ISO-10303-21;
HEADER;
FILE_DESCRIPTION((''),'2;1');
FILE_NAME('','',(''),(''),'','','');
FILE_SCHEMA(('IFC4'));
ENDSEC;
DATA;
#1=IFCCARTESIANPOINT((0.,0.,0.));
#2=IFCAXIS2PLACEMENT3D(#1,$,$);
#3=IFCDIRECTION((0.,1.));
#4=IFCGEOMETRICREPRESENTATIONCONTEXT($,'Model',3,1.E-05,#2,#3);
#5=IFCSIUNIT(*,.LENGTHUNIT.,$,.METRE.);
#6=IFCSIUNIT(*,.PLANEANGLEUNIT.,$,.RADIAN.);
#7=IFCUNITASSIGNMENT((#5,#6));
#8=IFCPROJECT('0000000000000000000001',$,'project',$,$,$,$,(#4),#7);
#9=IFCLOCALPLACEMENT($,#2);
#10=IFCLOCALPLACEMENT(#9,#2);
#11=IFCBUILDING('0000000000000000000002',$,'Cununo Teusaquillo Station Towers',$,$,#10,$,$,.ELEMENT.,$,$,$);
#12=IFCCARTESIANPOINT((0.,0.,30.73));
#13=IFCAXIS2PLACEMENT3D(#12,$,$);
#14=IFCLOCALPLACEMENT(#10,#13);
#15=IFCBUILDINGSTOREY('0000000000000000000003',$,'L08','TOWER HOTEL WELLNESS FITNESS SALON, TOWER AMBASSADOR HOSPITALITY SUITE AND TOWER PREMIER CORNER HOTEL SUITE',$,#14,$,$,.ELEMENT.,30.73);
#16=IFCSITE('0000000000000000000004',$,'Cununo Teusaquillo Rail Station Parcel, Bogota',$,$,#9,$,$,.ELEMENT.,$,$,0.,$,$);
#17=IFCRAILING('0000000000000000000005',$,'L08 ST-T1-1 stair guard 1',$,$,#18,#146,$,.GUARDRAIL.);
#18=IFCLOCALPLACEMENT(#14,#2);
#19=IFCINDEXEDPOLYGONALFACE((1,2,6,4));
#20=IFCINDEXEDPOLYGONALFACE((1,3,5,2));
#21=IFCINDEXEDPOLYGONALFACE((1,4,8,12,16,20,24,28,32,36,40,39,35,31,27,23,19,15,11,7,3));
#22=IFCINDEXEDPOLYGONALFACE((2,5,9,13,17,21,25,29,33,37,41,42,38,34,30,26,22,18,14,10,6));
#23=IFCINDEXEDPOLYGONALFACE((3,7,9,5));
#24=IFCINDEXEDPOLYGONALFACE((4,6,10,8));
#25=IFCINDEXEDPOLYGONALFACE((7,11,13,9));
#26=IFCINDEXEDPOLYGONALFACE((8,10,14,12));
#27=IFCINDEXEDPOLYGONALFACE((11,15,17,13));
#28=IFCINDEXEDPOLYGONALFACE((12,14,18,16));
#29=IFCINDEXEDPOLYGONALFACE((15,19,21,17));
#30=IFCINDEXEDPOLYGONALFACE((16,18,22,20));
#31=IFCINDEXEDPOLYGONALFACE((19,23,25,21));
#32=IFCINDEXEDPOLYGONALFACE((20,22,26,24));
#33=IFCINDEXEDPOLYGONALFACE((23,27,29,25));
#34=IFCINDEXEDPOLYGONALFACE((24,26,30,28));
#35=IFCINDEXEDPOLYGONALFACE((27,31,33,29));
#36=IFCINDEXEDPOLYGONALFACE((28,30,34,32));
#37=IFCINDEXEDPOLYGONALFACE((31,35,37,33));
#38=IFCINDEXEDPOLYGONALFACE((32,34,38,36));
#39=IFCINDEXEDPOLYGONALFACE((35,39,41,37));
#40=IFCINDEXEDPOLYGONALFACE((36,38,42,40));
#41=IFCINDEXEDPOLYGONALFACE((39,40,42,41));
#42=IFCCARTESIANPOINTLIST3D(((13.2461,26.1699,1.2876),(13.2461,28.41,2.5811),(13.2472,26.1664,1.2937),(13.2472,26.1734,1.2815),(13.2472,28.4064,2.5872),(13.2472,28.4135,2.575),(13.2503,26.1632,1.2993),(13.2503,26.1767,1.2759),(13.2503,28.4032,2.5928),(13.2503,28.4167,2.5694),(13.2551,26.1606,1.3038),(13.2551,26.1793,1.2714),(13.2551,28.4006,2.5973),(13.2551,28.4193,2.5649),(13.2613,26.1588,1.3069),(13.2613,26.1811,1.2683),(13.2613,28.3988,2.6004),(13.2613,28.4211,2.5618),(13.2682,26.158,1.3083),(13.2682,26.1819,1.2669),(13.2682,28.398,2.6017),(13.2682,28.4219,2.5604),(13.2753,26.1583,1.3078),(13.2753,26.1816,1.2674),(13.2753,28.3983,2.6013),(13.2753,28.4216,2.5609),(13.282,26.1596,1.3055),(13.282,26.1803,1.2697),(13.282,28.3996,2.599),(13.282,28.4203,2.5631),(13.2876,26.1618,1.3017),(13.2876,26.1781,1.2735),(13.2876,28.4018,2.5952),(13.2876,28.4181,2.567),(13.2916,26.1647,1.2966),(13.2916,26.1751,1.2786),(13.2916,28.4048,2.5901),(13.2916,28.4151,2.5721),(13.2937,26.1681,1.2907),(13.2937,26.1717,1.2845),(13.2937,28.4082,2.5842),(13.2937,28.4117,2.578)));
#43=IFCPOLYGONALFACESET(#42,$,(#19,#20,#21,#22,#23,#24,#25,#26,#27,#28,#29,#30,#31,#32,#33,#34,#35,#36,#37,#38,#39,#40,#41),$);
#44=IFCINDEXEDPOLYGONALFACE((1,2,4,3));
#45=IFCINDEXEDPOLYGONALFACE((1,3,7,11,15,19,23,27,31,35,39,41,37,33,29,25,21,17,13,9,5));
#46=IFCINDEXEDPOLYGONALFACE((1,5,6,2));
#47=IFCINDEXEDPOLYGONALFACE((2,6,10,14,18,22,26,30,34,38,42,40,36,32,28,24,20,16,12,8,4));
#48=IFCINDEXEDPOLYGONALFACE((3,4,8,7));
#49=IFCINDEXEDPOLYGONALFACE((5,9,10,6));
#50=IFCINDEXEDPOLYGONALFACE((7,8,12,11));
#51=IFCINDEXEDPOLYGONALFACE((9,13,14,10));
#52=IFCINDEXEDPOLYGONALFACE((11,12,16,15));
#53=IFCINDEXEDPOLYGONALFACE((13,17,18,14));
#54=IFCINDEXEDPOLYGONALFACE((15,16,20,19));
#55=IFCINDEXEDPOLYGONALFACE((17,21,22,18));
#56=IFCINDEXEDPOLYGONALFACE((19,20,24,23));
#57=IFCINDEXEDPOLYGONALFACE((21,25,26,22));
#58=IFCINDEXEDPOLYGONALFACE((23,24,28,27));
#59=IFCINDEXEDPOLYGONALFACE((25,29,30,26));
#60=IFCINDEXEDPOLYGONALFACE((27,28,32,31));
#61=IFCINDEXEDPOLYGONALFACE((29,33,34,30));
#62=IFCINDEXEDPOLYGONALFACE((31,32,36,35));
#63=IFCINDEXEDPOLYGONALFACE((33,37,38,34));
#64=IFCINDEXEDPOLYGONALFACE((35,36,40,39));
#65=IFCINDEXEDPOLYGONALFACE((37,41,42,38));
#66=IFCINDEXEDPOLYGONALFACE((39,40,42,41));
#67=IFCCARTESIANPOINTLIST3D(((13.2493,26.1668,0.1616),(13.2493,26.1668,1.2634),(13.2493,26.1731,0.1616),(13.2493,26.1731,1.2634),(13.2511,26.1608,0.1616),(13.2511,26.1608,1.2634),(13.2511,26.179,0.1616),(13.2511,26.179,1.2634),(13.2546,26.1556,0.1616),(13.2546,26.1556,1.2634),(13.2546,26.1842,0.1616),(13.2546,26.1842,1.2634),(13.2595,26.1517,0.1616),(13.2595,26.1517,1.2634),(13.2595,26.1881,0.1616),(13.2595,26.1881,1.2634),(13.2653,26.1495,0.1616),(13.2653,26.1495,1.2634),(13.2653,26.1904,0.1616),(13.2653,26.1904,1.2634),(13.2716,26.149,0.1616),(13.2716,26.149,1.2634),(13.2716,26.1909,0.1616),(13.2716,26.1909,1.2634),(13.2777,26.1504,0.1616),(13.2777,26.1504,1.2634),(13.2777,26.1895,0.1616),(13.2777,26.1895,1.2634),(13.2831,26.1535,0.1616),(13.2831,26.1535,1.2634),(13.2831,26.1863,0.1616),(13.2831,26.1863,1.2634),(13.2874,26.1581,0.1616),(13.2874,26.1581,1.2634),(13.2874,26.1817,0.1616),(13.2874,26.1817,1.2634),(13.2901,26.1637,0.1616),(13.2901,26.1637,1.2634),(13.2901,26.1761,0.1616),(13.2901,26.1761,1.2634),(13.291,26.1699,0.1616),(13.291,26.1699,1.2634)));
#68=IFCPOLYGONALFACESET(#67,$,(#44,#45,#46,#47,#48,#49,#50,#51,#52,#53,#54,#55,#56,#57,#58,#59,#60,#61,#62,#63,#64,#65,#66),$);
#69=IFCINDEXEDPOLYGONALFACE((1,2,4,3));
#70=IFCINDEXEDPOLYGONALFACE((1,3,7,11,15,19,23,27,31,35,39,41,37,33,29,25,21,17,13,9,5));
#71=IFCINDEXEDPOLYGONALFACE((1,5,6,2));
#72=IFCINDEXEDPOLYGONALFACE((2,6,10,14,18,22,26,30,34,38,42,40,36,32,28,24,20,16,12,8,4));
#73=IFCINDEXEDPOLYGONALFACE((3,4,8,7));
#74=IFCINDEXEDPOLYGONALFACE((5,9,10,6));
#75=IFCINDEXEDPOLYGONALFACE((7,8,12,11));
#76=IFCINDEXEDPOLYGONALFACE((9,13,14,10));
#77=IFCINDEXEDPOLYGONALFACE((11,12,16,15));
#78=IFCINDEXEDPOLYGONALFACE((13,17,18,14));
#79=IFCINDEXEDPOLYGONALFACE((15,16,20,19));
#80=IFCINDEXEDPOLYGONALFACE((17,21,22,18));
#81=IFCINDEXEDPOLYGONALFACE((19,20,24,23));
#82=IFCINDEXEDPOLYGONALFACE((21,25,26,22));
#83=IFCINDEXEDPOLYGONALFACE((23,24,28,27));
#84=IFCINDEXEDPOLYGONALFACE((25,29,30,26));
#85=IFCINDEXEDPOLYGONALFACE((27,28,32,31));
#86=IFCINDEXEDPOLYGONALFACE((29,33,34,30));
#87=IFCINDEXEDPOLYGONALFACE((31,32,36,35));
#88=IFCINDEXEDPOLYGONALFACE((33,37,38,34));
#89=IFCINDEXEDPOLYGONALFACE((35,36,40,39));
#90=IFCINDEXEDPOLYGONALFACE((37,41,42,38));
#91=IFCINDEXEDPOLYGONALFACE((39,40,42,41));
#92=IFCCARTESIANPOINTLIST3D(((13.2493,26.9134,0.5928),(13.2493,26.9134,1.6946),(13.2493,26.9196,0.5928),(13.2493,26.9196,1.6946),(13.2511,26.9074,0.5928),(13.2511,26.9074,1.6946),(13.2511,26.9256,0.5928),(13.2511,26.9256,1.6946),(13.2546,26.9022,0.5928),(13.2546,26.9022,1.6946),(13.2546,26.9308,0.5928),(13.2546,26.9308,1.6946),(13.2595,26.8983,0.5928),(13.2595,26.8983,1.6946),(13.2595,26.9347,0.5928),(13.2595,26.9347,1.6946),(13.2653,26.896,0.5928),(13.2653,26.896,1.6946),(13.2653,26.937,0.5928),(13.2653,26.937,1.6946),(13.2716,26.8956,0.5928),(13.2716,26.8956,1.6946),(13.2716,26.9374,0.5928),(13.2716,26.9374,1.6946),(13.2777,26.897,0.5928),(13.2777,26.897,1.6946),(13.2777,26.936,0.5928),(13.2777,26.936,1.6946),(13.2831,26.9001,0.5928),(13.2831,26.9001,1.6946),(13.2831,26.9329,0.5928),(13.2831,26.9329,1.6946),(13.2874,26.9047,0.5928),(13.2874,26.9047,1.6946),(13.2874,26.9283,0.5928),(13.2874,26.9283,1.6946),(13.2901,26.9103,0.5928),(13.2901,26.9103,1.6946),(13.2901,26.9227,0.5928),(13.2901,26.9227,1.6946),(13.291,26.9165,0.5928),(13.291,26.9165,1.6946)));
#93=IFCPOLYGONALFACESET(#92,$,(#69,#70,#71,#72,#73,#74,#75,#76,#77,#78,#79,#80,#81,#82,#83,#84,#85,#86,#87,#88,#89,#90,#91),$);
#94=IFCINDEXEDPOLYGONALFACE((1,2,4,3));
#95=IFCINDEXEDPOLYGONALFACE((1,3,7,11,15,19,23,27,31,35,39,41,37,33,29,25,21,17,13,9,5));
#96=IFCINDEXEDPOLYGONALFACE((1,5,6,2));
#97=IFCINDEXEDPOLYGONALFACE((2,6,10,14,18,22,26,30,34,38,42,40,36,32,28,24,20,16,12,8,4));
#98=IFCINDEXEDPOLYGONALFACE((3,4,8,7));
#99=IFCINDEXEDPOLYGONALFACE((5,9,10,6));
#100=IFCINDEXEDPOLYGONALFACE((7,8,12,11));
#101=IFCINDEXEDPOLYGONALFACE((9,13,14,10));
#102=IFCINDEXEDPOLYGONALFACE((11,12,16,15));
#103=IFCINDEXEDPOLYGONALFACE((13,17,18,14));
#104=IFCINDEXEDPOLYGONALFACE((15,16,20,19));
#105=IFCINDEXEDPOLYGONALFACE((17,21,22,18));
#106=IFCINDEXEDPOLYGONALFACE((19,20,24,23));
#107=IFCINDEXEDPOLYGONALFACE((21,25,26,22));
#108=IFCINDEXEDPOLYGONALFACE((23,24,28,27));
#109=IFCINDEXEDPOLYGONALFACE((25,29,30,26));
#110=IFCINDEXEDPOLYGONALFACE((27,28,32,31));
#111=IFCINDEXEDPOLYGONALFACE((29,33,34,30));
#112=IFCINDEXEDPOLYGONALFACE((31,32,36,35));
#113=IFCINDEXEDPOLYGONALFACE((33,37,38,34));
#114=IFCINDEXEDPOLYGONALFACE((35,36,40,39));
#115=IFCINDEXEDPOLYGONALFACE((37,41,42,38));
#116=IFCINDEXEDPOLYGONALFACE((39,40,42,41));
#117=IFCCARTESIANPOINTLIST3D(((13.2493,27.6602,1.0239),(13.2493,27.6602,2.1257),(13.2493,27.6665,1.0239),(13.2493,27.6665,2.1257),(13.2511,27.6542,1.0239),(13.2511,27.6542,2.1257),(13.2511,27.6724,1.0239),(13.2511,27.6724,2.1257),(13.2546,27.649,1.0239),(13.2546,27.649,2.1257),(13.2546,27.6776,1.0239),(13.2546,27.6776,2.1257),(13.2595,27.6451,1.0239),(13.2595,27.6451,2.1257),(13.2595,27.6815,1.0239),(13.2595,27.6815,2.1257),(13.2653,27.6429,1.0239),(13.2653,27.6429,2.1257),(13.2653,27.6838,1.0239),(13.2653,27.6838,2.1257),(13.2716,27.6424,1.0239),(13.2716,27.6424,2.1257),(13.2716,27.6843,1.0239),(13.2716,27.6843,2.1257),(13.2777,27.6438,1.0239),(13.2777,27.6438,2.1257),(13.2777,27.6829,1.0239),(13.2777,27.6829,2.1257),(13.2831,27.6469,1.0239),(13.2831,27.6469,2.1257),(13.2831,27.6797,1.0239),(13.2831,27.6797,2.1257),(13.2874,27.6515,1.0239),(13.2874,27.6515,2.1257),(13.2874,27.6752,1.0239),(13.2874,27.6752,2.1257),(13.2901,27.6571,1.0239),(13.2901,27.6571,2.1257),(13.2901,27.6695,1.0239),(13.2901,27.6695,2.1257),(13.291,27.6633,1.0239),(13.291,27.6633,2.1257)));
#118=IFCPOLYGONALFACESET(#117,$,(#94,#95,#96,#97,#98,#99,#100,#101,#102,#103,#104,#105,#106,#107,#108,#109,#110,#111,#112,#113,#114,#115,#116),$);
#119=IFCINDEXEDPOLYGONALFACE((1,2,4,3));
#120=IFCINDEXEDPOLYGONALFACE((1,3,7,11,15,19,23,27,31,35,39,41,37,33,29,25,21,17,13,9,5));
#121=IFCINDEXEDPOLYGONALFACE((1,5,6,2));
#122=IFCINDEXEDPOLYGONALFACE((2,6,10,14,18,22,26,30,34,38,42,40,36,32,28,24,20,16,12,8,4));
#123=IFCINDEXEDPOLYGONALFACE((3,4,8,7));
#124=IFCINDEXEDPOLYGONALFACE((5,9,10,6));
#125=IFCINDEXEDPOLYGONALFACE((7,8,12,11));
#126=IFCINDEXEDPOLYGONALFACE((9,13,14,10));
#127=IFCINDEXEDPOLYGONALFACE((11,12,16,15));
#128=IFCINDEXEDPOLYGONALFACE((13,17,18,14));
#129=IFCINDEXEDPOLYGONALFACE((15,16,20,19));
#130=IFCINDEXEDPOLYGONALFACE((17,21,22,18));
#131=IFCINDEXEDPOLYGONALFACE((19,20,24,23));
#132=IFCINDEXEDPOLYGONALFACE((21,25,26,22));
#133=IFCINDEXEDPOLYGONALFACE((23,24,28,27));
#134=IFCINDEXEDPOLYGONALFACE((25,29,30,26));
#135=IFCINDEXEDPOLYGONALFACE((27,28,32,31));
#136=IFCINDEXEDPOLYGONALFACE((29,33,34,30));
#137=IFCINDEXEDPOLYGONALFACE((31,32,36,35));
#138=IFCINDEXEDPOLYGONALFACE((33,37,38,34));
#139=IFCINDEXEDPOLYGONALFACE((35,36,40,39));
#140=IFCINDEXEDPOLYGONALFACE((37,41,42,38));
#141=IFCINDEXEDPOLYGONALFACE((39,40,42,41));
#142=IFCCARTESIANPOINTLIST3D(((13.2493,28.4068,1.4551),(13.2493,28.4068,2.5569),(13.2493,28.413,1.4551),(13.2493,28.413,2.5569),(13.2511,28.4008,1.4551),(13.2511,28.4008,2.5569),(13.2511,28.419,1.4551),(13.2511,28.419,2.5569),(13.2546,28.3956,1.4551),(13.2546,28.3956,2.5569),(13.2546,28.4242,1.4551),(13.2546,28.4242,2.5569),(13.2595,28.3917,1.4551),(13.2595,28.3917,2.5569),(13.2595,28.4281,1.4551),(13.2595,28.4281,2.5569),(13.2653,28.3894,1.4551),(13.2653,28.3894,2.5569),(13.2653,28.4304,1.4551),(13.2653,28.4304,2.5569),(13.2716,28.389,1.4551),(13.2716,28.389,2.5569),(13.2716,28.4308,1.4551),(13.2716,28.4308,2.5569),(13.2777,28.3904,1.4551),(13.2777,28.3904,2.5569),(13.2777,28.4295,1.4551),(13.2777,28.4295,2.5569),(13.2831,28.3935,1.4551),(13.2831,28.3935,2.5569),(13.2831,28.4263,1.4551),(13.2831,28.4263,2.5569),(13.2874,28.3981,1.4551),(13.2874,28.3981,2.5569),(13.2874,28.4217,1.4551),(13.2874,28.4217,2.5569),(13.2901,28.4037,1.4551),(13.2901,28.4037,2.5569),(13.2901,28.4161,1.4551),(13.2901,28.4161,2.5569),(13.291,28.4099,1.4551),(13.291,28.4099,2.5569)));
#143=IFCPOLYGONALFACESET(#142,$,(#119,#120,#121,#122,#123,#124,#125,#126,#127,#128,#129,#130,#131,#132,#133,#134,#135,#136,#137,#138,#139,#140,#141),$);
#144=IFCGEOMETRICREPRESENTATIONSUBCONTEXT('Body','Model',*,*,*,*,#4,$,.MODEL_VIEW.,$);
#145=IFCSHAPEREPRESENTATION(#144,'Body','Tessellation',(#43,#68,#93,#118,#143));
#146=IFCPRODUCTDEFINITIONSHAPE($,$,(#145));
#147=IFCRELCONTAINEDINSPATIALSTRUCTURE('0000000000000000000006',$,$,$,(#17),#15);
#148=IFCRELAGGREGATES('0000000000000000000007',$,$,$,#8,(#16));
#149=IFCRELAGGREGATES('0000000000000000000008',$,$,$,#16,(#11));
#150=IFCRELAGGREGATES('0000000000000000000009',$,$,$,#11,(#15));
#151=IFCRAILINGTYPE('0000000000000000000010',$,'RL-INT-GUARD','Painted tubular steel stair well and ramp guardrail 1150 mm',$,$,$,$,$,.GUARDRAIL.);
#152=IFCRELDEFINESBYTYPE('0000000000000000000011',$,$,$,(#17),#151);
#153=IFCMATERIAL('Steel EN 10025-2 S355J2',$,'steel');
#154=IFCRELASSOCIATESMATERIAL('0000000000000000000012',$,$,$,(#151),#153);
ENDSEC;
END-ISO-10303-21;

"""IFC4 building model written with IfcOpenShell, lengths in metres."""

from ifc_helpers import new_model, si_unit, direction, frame, origin, origin_2d, place, context, subcontext, project, spatial, circle, extrude, material, type_object, element, save


model = new_model("IFC4")

# Units and contexts
model_context = context("Model", 3, precision=1e-05, world=origin(), true_north=direction((0.0, 1.0)))
body_context = subcontext(model_context, "Body", "Model", "MODEL_VIEW")
ifc_project = project(units=[si_unit("LENGTHUNIT", "METRE"), si_unit("PLANEANGLEUNIT", "RADIAN")], contexts=[model_context])

# Site, building, storey
site_placement = place(None, origin())
site = spatial("IfcSite", under=ifc_project, at=site_placement, Name="Cununo Teusaquillo Rail Station Parcel, Bogota", CompositionType="ELEMENT", RefElevation=0.0)
building_placement = place(site_placement, origin())
building = spatial("IfcBuilding", under=site, at=building_placement, Name="Cununo Teusaquillo Station Towers", CompositionType="ELEMENT")
storey_placement = place(building_placement, frame((0.0, 0.0, 30.73)))
storey = spatial("IfcBuildingStorey", under=building, at=storey_placement, Name="L08", Description="TOWER HOTEL WELLNESS FITNESS SALON, TOWER AMBASSADOR HOSPITALITY SUITE AND TOWER PREMIER CORNER HOTEL SUITE", CompositionType="ELEMENT", Elevation=30.73)

# Railing
ifc_material_1 = material(Name="Steel EN 10025-2 S355J2", Category="steel")
railing_type_1 = type_object("IfcRailingType", Name="RL-INT-GUARD", Description="Painted tubular steel stair well and ramp guardrail 1150 mm", PredefinedType="GUARDRAIL", material=ifc_material_1)
railing_1_placement = place(storey_placement, frame((13.27, 26.1699, 0.1616)))
element("IfcRailing", 1, at=railing_1_placement, inside=storey, type_object=railing_type_1, Name="L08 ST-T1-1 stair guard 1", PredefinedType="GUARDRAIL", context=body_context, shape_type="SweptSolid", body=[
    extrude(circle(Radius=0.0239, at=origin_2d()), frame((0.0, 0.0, 1.126), z_axis=(0.0, 0.865992, 0.500057), x_axis=(-1.0, 0.0, 0.0)), (0.0, 0.0, 1.0), 2.5867),
    extrude(circle(Radius=0.021, at=origin_2d()), origin(), (0.0, 0.0, 1.0), 1.1018),
    extrude(circle(Radius=0.021, at=origin_2d()), frame((0.0, 0.7466, 0.4312)), (0.0, 0.0, 1.0), 1.1018),
    extrude(circle(Radius=0.021, at=origin_2d()), frame((0.0, 1.4934, 0.8623)), (0.0, 0.0, 1.0), 1.1018),
    extrude(circle(Radius=0.021, at=origin_2d()), frame((0.0, 2.24, 1.2935)), (0.0, 0.0, 1.0), 1.1018),
])

save(model, "model.ifc")
